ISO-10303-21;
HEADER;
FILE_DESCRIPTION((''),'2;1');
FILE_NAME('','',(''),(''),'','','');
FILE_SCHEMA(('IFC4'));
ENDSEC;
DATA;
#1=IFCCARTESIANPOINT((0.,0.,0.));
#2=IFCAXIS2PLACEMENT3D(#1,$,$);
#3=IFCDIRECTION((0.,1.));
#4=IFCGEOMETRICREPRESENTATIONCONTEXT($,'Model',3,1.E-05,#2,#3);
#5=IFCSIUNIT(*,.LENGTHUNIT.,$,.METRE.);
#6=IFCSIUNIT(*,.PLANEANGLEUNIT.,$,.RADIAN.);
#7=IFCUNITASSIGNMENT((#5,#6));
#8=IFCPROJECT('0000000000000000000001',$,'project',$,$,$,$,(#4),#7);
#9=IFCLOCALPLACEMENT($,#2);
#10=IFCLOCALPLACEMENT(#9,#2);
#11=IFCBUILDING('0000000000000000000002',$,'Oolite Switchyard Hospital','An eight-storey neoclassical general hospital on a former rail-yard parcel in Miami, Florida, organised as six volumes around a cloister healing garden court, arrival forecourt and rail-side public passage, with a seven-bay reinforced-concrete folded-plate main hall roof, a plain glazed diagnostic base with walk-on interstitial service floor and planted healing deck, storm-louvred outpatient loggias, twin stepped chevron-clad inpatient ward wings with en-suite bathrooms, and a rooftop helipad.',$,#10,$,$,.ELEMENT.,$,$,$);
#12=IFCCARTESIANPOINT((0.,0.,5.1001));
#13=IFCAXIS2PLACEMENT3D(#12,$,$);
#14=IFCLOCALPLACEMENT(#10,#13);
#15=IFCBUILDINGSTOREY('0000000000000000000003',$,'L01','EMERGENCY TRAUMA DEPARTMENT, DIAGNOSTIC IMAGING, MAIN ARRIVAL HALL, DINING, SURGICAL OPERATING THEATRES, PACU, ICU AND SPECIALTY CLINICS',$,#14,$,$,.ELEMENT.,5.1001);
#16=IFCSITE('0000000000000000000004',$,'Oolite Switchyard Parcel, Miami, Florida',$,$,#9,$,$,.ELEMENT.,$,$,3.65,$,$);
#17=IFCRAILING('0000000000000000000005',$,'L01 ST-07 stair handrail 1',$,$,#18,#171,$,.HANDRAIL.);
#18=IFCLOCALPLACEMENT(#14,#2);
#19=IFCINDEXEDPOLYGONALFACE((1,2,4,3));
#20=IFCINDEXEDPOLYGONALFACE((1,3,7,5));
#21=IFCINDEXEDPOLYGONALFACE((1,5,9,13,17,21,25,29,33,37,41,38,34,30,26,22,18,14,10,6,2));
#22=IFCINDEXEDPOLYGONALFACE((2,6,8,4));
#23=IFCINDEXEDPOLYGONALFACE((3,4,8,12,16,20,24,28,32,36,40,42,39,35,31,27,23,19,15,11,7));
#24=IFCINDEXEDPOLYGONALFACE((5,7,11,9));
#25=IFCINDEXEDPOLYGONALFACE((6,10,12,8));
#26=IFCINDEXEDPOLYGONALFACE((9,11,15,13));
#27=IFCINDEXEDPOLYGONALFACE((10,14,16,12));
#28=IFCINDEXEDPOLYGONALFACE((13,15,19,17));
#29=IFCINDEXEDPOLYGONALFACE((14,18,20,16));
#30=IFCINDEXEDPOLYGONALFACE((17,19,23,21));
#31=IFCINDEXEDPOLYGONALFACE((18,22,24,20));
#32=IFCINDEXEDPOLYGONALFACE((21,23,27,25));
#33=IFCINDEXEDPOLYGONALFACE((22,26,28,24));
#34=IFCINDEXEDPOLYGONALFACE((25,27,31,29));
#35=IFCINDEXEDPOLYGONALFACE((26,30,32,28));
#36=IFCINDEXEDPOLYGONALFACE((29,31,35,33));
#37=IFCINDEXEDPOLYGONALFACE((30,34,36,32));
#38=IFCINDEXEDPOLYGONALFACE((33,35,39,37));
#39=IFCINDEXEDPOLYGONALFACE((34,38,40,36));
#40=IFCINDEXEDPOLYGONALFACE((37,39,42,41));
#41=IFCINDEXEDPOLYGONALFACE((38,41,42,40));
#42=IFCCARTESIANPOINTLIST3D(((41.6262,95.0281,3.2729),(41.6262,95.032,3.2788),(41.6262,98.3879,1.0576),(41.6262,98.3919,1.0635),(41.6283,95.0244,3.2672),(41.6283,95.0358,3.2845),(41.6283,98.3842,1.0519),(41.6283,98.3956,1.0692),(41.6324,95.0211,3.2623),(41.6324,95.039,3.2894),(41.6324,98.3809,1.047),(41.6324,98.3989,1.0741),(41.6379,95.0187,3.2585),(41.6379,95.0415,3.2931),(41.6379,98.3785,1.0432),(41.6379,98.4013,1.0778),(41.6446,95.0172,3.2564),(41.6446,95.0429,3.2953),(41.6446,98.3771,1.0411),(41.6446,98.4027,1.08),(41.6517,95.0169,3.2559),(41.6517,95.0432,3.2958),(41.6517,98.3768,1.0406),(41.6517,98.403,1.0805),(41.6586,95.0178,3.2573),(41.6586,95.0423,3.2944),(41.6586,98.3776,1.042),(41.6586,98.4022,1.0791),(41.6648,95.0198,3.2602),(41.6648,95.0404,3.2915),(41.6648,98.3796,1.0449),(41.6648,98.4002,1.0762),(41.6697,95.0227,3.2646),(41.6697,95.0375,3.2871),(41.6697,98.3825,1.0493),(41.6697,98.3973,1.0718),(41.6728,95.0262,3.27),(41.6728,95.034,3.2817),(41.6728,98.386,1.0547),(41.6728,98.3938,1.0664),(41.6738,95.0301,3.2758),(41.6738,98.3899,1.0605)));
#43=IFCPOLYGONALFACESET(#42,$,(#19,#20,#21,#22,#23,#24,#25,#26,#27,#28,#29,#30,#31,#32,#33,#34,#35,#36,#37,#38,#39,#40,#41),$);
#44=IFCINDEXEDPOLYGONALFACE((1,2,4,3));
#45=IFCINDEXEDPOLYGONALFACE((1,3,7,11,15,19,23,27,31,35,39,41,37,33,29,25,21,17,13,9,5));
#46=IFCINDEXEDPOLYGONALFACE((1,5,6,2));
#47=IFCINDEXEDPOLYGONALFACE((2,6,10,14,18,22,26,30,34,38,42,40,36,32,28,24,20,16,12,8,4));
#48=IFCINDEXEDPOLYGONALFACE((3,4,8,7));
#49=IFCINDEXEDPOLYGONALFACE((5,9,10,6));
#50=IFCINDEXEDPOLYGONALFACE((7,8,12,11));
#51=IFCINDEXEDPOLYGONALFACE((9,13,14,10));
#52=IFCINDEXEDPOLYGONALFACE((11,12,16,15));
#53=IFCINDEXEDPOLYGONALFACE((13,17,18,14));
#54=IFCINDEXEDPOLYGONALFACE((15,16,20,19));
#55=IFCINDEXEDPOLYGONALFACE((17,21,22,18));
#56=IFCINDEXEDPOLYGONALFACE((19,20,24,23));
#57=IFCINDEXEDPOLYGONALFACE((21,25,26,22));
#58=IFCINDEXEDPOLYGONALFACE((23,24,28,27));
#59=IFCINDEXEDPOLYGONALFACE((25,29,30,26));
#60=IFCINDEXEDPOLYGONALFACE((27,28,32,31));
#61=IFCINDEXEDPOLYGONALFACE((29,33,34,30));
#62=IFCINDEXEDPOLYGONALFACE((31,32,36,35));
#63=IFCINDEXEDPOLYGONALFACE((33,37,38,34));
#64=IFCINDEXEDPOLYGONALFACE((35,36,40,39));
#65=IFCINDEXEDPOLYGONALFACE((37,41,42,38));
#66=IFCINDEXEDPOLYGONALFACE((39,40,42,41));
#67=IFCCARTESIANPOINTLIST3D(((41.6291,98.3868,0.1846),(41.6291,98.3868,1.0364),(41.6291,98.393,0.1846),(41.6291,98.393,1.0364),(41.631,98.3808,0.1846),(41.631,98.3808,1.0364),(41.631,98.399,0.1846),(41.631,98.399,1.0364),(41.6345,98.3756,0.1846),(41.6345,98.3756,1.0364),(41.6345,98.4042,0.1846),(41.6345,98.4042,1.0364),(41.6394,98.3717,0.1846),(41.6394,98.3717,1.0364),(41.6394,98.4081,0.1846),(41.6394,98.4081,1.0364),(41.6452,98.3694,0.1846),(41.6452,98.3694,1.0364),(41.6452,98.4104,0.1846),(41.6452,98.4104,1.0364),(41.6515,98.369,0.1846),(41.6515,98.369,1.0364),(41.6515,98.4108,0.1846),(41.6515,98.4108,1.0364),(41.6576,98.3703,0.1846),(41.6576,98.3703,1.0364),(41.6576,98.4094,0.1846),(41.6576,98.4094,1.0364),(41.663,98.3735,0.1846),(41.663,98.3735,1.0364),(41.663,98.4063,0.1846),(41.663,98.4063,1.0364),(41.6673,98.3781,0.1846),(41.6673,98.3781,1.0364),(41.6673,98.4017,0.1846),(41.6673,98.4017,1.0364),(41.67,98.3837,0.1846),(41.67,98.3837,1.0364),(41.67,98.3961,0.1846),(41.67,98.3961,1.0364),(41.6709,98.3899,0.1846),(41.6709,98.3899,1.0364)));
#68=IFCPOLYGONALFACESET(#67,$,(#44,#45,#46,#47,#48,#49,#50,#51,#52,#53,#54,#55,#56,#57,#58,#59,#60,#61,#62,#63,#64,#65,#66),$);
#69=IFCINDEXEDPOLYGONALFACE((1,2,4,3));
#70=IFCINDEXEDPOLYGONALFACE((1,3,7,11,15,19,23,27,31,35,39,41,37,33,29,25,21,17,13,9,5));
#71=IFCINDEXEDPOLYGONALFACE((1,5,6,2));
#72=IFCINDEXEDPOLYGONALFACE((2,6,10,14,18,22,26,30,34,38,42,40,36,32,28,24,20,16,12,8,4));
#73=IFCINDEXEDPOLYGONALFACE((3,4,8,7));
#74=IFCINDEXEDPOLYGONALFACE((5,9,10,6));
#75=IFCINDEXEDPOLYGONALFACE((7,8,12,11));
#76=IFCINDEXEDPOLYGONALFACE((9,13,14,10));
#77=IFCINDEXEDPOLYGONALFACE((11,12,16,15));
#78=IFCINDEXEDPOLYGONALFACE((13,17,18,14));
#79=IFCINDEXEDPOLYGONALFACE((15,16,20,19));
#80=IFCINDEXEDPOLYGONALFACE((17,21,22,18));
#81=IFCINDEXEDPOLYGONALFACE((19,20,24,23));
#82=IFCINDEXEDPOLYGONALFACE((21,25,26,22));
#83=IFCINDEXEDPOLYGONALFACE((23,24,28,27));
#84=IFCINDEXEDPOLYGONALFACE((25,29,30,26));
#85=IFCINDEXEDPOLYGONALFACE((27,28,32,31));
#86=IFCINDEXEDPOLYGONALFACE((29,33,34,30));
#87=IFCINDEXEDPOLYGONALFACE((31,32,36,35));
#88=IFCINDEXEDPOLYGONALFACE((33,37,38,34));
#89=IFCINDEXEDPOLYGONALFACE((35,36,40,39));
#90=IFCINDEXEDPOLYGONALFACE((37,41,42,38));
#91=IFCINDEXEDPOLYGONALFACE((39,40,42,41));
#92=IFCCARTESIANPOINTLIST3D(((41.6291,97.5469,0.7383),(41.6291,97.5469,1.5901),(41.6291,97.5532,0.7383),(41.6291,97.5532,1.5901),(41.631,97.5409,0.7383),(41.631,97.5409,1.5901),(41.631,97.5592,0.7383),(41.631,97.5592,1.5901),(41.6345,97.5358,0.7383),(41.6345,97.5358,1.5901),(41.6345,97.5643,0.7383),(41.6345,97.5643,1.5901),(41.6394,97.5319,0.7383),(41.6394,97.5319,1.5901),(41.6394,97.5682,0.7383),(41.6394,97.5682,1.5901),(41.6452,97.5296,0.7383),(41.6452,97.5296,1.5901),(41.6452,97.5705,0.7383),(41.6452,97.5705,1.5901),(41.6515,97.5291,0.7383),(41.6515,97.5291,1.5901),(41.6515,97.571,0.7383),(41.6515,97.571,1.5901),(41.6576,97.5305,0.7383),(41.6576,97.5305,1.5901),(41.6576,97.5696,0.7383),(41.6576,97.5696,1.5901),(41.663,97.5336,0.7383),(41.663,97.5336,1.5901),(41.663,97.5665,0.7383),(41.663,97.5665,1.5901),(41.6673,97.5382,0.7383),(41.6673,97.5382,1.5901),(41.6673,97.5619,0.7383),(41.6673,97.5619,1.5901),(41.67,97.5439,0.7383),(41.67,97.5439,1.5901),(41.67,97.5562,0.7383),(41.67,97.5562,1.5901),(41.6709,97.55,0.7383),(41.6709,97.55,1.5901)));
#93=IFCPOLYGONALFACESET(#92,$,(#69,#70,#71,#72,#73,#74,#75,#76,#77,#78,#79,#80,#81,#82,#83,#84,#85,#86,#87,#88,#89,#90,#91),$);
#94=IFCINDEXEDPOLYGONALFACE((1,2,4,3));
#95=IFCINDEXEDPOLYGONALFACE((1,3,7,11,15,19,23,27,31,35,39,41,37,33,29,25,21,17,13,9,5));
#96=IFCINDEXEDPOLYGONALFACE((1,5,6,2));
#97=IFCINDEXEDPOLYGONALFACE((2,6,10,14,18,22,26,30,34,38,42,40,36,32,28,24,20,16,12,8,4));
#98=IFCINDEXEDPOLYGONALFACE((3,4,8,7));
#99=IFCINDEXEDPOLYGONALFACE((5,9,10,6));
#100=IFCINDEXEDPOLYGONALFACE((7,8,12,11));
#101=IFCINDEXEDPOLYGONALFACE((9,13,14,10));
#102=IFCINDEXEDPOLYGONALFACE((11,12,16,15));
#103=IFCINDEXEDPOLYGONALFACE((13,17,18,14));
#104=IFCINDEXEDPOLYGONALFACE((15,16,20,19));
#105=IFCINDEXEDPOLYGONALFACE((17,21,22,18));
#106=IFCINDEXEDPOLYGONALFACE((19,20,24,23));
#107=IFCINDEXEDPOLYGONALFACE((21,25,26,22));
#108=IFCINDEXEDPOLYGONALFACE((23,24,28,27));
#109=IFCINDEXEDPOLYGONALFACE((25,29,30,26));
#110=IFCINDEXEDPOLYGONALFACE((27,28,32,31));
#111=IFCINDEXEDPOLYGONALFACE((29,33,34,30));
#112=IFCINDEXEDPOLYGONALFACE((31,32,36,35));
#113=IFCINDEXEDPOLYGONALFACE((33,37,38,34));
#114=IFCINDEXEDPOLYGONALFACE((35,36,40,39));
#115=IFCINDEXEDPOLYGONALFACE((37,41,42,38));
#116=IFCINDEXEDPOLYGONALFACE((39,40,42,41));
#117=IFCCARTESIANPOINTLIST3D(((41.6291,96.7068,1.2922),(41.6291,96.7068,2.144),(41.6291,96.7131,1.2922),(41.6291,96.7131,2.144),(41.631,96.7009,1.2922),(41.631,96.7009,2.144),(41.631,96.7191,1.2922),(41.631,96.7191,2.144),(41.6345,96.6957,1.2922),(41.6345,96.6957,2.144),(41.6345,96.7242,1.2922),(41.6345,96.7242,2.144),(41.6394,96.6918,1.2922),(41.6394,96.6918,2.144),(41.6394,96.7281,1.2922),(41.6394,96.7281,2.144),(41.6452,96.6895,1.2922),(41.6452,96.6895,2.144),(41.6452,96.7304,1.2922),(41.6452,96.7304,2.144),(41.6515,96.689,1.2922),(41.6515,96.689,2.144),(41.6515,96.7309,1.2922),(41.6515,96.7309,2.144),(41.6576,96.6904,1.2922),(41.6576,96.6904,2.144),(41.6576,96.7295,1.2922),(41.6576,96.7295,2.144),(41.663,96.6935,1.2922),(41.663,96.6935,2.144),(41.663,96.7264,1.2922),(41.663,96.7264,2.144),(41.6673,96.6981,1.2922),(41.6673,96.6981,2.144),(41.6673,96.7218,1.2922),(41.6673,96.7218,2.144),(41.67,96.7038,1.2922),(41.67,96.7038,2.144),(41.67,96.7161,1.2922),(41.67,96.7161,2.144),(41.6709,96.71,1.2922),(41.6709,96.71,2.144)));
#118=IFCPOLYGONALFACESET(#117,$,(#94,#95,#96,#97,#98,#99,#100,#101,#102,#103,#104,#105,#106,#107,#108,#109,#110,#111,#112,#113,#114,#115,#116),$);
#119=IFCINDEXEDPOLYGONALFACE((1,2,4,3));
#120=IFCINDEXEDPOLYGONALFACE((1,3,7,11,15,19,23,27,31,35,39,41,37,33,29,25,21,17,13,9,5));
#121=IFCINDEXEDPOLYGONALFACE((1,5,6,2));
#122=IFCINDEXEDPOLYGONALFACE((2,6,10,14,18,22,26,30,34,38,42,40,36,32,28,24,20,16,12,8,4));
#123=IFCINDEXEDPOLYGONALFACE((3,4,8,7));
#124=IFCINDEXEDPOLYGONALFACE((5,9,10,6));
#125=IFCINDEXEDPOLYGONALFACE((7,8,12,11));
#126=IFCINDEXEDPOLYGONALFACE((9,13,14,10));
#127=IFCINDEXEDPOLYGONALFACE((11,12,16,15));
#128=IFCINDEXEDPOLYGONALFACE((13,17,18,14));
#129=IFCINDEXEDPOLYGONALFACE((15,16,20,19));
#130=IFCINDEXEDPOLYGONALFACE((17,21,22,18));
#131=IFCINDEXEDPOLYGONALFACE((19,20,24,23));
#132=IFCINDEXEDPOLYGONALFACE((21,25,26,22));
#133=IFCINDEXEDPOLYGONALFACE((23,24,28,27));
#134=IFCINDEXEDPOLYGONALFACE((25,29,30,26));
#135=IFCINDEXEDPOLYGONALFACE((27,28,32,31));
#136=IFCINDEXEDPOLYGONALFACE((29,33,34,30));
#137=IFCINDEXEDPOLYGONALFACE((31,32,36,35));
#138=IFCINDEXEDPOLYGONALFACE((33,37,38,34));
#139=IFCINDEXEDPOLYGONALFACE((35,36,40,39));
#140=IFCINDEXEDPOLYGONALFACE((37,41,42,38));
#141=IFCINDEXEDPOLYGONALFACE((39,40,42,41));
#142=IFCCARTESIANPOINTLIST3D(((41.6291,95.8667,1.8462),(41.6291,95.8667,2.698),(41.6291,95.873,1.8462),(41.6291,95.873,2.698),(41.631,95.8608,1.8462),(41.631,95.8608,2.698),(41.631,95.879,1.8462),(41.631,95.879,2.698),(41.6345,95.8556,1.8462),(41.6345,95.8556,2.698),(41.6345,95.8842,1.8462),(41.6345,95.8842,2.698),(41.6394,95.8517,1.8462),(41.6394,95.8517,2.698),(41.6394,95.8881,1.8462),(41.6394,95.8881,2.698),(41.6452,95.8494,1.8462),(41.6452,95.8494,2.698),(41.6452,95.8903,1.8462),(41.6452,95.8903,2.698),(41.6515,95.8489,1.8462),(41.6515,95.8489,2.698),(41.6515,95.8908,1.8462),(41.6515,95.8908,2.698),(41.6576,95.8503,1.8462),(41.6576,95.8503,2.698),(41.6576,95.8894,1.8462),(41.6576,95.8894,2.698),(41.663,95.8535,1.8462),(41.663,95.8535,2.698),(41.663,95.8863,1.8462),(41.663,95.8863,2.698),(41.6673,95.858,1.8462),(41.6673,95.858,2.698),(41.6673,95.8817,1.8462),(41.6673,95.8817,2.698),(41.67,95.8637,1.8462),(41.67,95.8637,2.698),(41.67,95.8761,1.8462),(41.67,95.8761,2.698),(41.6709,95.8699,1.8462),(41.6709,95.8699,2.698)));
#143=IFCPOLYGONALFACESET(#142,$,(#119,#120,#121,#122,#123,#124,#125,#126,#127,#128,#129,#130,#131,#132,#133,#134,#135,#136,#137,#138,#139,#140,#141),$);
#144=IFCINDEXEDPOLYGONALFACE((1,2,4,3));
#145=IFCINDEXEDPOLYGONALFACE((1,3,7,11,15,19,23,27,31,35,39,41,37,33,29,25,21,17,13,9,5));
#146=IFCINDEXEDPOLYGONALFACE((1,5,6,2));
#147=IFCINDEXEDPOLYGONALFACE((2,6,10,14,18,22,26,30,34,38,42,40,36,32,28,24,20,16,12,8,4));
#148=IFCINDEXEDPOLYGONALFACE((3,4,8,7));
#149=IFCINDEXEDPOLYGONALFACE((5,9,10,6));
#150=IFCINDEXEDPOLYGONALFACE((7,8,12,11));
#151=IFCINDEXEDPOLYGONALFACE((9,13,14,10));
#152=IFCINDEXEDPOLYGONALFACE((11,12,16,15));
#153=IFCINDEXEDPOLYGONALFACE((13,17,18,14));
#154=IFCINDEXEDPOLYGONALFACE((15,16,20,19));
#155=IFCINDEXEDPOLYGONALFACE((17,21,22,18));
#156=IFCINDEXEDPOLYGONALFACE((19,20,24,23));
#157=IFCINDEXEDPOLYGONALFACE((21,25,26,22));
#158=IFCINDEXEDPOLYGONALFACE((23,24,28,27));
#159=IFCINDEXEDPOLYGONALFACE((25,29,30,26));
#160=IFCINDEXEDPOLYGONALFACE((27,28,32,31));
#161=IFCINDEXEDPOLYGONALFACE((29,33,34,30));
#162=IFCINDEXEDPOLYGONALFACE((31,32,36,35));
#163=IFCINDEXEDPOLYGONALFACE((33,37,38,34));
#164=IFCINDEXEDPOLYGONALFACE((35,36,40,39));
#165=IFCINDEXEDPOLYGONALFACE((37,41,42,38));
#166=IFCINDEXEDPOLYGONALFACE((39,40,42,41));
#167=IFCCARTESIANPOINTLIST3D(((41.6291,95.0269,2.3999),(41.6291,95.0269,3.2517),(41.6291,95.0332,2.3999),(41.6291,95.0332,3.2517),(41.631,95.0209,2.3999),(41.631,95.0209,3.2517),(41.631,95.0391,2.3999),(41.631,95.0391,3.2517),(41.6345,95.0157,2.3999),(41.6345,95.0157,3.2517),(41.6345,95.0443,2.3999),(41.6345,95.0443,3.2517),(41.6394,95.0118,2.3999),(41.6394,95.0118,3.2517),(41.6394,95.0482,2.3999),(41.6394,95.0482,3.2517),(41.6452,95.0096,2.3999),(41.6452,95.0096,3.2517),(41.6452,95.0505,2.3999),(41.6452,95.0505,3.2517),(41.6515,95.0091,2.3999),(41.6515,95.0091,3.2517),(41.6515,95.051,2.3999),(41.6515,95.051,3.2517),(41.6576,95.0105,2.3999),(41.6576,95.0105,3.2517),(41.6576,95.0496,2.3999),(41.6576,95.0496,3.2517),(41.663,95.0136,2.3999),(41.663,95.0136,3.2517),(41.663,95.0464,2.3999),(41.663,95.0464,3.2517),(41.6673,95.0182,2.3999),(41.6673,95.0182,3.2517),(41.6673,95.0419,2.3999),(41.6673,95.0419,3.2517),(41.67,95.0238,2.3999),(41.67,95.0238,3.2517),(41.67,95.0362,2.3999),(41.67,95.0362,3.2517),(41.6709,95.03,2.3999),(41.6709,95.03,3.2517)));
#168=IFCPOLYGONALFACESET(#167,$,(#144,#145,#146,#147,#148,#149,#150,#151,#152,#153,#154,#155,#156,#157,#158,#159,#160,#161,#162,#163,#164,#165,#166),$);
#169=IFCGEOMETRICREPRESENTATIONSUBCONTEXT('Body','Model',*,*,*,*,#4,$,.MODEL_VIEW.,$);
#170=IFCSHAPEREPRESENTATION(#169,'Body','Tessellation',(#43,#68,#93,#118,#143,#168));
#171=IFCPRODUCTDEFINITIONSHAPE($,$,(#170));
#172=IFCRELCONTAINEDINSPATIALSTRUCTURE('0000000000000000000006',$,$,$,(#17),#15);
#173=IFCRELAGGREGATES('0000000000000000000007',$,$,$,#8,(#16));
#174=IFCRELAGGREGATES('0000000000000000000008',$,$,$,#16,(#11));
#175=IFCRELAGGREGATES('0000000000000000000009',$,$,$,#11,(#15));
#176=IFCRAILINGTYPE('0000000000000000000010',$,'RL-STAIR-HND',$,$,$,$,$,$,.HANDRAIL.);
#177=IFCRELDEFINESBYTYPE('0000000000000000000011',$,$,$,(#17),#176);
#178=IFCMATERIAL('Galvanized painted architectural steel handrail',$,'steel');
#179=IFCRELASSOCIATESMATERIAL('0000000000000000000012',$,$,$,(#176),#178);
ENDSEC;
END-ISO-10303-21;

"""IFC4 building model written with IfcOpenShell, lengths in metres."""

from ifc_helpers import new_model, si_unit, direction, frame, origin, origin_2d, place, context, subcontext, project, spatial, circle, extrude, material, type_object, element, save


model = new_model("IFC4")

# Units and contexts
model_context = context("Model", 3, precision=1e-05, world=origin(), true_north=direction((0.0, 1.0)))
body_context = subcontext(model_context, "Body", "Model", "MODEL_VIEW")
ifc_project = project(units=[si_unit("LENGTHUNIT", "METRE"), si_unit("PLANEANGLEUNIT", "RADIAN")], contexts=[model_context])

# Site, building, storey
site_placement = place(None, origin())
site = spatial("IfcSite", under=ifc_project, at=site_placement, Name="Oolite Switchyard Parcel, Miami, Florida", CompositionType="ELEMENT", RefElevation=3.65)
building_placement = place(site_placement, origin())
building = spatial("IfcBuilding", under=site, at=building_placement, Name="Oolite Switchyard Hospital", Description="An eight-storey neoclassical general hospital on a former rail-yard parcel in Miami, Florida, organised as six volumes around a cloister healing garden court, arrival forecourt and rail-side public passage, with a seven-bay reinforced-concrete folded-plate main hall roof, a plain glazed diagnostic base with walk-on interstitial service floor and planted healing deck, storm-louvred outpatient loggias, twin stepped chevron-clad inpatient ward wings with en-suite bathrooms, and a rooftop helipad.", CompositionType="ELEMENT")
storey_placement = place(building_placement, frame((0.0, 0.0, 5.1001)))
storey = spatial("IfcBuildingStorey", under=building, at=storey_placement, Name="L01", Description="EMERGENCY TRAUMA DEPARTMENT, DIAGNOSTIC IMAGING, MAIN ARRIVAL HALL, DINING, SURGICAL OPERATING THEATRES, PACU, ICU AND SPECIALTY CLINICS", CompositionType="ELEMENT", Elevation=5.1001)

# Railing
ifc_material_1 = material(Name="Galvanized painted architectural steel handrail", Category="steel")
railing_type = type_object("IfcRailingType", Name="RL-STAIR-HND", PredefinedType="HANDRAIL", material=ifc_material_1)
railing_placement = place(storey_placement, frame((41.6499, 98.3899, 0.1846)))
element("IfcRailing", 1, at=railing_placement, inside=storey, type_object=railing_type, Name="L01 ST-07 stair handrail 1", PredefinedType="HANDRAIL", context=body_context, shape_type="SweptSolid", body=[
    extrude(circle(Radius=0.0239, at=origin_2d()), frame((0.0, 0.0, 0.876), z_axis=(0.0, -0.834858, 0.550465), x_axis=(1.0, 0.0, 0.0)), (0.0, 0.0, 1.0), 4.0244),
    extrude(circle(Radius=0.021, at=origin_2d()), origin(), (0.0, 0.0, 1.0), 0.8518),
    extrude(circle(Radius=0.021, at=origin_2d()), frame((0.0, -0.8398, 0.5537)), (0.0, 0.0, 1.0), 0.8518),
    extrude(circle(Radius=0.021, at=origin_2d()), frame((0.0, -1.6799, 1.1077)), (0.0, 0.0, 1.0), 0.8518),
    extrude(circle(Radius=0.021, at=origin_2d()), frame((0.0, -2.52, 1.6616)), (0.0, 0.0, 1.0), 0.8518),
    extrude(circle(Radius=0.021, at=origin_2d()), frame((0.0, -3.3599, 2.2153)), (0.0, 0.0, 1.0), 0.8518),
])

save(model, "model.ifc")
